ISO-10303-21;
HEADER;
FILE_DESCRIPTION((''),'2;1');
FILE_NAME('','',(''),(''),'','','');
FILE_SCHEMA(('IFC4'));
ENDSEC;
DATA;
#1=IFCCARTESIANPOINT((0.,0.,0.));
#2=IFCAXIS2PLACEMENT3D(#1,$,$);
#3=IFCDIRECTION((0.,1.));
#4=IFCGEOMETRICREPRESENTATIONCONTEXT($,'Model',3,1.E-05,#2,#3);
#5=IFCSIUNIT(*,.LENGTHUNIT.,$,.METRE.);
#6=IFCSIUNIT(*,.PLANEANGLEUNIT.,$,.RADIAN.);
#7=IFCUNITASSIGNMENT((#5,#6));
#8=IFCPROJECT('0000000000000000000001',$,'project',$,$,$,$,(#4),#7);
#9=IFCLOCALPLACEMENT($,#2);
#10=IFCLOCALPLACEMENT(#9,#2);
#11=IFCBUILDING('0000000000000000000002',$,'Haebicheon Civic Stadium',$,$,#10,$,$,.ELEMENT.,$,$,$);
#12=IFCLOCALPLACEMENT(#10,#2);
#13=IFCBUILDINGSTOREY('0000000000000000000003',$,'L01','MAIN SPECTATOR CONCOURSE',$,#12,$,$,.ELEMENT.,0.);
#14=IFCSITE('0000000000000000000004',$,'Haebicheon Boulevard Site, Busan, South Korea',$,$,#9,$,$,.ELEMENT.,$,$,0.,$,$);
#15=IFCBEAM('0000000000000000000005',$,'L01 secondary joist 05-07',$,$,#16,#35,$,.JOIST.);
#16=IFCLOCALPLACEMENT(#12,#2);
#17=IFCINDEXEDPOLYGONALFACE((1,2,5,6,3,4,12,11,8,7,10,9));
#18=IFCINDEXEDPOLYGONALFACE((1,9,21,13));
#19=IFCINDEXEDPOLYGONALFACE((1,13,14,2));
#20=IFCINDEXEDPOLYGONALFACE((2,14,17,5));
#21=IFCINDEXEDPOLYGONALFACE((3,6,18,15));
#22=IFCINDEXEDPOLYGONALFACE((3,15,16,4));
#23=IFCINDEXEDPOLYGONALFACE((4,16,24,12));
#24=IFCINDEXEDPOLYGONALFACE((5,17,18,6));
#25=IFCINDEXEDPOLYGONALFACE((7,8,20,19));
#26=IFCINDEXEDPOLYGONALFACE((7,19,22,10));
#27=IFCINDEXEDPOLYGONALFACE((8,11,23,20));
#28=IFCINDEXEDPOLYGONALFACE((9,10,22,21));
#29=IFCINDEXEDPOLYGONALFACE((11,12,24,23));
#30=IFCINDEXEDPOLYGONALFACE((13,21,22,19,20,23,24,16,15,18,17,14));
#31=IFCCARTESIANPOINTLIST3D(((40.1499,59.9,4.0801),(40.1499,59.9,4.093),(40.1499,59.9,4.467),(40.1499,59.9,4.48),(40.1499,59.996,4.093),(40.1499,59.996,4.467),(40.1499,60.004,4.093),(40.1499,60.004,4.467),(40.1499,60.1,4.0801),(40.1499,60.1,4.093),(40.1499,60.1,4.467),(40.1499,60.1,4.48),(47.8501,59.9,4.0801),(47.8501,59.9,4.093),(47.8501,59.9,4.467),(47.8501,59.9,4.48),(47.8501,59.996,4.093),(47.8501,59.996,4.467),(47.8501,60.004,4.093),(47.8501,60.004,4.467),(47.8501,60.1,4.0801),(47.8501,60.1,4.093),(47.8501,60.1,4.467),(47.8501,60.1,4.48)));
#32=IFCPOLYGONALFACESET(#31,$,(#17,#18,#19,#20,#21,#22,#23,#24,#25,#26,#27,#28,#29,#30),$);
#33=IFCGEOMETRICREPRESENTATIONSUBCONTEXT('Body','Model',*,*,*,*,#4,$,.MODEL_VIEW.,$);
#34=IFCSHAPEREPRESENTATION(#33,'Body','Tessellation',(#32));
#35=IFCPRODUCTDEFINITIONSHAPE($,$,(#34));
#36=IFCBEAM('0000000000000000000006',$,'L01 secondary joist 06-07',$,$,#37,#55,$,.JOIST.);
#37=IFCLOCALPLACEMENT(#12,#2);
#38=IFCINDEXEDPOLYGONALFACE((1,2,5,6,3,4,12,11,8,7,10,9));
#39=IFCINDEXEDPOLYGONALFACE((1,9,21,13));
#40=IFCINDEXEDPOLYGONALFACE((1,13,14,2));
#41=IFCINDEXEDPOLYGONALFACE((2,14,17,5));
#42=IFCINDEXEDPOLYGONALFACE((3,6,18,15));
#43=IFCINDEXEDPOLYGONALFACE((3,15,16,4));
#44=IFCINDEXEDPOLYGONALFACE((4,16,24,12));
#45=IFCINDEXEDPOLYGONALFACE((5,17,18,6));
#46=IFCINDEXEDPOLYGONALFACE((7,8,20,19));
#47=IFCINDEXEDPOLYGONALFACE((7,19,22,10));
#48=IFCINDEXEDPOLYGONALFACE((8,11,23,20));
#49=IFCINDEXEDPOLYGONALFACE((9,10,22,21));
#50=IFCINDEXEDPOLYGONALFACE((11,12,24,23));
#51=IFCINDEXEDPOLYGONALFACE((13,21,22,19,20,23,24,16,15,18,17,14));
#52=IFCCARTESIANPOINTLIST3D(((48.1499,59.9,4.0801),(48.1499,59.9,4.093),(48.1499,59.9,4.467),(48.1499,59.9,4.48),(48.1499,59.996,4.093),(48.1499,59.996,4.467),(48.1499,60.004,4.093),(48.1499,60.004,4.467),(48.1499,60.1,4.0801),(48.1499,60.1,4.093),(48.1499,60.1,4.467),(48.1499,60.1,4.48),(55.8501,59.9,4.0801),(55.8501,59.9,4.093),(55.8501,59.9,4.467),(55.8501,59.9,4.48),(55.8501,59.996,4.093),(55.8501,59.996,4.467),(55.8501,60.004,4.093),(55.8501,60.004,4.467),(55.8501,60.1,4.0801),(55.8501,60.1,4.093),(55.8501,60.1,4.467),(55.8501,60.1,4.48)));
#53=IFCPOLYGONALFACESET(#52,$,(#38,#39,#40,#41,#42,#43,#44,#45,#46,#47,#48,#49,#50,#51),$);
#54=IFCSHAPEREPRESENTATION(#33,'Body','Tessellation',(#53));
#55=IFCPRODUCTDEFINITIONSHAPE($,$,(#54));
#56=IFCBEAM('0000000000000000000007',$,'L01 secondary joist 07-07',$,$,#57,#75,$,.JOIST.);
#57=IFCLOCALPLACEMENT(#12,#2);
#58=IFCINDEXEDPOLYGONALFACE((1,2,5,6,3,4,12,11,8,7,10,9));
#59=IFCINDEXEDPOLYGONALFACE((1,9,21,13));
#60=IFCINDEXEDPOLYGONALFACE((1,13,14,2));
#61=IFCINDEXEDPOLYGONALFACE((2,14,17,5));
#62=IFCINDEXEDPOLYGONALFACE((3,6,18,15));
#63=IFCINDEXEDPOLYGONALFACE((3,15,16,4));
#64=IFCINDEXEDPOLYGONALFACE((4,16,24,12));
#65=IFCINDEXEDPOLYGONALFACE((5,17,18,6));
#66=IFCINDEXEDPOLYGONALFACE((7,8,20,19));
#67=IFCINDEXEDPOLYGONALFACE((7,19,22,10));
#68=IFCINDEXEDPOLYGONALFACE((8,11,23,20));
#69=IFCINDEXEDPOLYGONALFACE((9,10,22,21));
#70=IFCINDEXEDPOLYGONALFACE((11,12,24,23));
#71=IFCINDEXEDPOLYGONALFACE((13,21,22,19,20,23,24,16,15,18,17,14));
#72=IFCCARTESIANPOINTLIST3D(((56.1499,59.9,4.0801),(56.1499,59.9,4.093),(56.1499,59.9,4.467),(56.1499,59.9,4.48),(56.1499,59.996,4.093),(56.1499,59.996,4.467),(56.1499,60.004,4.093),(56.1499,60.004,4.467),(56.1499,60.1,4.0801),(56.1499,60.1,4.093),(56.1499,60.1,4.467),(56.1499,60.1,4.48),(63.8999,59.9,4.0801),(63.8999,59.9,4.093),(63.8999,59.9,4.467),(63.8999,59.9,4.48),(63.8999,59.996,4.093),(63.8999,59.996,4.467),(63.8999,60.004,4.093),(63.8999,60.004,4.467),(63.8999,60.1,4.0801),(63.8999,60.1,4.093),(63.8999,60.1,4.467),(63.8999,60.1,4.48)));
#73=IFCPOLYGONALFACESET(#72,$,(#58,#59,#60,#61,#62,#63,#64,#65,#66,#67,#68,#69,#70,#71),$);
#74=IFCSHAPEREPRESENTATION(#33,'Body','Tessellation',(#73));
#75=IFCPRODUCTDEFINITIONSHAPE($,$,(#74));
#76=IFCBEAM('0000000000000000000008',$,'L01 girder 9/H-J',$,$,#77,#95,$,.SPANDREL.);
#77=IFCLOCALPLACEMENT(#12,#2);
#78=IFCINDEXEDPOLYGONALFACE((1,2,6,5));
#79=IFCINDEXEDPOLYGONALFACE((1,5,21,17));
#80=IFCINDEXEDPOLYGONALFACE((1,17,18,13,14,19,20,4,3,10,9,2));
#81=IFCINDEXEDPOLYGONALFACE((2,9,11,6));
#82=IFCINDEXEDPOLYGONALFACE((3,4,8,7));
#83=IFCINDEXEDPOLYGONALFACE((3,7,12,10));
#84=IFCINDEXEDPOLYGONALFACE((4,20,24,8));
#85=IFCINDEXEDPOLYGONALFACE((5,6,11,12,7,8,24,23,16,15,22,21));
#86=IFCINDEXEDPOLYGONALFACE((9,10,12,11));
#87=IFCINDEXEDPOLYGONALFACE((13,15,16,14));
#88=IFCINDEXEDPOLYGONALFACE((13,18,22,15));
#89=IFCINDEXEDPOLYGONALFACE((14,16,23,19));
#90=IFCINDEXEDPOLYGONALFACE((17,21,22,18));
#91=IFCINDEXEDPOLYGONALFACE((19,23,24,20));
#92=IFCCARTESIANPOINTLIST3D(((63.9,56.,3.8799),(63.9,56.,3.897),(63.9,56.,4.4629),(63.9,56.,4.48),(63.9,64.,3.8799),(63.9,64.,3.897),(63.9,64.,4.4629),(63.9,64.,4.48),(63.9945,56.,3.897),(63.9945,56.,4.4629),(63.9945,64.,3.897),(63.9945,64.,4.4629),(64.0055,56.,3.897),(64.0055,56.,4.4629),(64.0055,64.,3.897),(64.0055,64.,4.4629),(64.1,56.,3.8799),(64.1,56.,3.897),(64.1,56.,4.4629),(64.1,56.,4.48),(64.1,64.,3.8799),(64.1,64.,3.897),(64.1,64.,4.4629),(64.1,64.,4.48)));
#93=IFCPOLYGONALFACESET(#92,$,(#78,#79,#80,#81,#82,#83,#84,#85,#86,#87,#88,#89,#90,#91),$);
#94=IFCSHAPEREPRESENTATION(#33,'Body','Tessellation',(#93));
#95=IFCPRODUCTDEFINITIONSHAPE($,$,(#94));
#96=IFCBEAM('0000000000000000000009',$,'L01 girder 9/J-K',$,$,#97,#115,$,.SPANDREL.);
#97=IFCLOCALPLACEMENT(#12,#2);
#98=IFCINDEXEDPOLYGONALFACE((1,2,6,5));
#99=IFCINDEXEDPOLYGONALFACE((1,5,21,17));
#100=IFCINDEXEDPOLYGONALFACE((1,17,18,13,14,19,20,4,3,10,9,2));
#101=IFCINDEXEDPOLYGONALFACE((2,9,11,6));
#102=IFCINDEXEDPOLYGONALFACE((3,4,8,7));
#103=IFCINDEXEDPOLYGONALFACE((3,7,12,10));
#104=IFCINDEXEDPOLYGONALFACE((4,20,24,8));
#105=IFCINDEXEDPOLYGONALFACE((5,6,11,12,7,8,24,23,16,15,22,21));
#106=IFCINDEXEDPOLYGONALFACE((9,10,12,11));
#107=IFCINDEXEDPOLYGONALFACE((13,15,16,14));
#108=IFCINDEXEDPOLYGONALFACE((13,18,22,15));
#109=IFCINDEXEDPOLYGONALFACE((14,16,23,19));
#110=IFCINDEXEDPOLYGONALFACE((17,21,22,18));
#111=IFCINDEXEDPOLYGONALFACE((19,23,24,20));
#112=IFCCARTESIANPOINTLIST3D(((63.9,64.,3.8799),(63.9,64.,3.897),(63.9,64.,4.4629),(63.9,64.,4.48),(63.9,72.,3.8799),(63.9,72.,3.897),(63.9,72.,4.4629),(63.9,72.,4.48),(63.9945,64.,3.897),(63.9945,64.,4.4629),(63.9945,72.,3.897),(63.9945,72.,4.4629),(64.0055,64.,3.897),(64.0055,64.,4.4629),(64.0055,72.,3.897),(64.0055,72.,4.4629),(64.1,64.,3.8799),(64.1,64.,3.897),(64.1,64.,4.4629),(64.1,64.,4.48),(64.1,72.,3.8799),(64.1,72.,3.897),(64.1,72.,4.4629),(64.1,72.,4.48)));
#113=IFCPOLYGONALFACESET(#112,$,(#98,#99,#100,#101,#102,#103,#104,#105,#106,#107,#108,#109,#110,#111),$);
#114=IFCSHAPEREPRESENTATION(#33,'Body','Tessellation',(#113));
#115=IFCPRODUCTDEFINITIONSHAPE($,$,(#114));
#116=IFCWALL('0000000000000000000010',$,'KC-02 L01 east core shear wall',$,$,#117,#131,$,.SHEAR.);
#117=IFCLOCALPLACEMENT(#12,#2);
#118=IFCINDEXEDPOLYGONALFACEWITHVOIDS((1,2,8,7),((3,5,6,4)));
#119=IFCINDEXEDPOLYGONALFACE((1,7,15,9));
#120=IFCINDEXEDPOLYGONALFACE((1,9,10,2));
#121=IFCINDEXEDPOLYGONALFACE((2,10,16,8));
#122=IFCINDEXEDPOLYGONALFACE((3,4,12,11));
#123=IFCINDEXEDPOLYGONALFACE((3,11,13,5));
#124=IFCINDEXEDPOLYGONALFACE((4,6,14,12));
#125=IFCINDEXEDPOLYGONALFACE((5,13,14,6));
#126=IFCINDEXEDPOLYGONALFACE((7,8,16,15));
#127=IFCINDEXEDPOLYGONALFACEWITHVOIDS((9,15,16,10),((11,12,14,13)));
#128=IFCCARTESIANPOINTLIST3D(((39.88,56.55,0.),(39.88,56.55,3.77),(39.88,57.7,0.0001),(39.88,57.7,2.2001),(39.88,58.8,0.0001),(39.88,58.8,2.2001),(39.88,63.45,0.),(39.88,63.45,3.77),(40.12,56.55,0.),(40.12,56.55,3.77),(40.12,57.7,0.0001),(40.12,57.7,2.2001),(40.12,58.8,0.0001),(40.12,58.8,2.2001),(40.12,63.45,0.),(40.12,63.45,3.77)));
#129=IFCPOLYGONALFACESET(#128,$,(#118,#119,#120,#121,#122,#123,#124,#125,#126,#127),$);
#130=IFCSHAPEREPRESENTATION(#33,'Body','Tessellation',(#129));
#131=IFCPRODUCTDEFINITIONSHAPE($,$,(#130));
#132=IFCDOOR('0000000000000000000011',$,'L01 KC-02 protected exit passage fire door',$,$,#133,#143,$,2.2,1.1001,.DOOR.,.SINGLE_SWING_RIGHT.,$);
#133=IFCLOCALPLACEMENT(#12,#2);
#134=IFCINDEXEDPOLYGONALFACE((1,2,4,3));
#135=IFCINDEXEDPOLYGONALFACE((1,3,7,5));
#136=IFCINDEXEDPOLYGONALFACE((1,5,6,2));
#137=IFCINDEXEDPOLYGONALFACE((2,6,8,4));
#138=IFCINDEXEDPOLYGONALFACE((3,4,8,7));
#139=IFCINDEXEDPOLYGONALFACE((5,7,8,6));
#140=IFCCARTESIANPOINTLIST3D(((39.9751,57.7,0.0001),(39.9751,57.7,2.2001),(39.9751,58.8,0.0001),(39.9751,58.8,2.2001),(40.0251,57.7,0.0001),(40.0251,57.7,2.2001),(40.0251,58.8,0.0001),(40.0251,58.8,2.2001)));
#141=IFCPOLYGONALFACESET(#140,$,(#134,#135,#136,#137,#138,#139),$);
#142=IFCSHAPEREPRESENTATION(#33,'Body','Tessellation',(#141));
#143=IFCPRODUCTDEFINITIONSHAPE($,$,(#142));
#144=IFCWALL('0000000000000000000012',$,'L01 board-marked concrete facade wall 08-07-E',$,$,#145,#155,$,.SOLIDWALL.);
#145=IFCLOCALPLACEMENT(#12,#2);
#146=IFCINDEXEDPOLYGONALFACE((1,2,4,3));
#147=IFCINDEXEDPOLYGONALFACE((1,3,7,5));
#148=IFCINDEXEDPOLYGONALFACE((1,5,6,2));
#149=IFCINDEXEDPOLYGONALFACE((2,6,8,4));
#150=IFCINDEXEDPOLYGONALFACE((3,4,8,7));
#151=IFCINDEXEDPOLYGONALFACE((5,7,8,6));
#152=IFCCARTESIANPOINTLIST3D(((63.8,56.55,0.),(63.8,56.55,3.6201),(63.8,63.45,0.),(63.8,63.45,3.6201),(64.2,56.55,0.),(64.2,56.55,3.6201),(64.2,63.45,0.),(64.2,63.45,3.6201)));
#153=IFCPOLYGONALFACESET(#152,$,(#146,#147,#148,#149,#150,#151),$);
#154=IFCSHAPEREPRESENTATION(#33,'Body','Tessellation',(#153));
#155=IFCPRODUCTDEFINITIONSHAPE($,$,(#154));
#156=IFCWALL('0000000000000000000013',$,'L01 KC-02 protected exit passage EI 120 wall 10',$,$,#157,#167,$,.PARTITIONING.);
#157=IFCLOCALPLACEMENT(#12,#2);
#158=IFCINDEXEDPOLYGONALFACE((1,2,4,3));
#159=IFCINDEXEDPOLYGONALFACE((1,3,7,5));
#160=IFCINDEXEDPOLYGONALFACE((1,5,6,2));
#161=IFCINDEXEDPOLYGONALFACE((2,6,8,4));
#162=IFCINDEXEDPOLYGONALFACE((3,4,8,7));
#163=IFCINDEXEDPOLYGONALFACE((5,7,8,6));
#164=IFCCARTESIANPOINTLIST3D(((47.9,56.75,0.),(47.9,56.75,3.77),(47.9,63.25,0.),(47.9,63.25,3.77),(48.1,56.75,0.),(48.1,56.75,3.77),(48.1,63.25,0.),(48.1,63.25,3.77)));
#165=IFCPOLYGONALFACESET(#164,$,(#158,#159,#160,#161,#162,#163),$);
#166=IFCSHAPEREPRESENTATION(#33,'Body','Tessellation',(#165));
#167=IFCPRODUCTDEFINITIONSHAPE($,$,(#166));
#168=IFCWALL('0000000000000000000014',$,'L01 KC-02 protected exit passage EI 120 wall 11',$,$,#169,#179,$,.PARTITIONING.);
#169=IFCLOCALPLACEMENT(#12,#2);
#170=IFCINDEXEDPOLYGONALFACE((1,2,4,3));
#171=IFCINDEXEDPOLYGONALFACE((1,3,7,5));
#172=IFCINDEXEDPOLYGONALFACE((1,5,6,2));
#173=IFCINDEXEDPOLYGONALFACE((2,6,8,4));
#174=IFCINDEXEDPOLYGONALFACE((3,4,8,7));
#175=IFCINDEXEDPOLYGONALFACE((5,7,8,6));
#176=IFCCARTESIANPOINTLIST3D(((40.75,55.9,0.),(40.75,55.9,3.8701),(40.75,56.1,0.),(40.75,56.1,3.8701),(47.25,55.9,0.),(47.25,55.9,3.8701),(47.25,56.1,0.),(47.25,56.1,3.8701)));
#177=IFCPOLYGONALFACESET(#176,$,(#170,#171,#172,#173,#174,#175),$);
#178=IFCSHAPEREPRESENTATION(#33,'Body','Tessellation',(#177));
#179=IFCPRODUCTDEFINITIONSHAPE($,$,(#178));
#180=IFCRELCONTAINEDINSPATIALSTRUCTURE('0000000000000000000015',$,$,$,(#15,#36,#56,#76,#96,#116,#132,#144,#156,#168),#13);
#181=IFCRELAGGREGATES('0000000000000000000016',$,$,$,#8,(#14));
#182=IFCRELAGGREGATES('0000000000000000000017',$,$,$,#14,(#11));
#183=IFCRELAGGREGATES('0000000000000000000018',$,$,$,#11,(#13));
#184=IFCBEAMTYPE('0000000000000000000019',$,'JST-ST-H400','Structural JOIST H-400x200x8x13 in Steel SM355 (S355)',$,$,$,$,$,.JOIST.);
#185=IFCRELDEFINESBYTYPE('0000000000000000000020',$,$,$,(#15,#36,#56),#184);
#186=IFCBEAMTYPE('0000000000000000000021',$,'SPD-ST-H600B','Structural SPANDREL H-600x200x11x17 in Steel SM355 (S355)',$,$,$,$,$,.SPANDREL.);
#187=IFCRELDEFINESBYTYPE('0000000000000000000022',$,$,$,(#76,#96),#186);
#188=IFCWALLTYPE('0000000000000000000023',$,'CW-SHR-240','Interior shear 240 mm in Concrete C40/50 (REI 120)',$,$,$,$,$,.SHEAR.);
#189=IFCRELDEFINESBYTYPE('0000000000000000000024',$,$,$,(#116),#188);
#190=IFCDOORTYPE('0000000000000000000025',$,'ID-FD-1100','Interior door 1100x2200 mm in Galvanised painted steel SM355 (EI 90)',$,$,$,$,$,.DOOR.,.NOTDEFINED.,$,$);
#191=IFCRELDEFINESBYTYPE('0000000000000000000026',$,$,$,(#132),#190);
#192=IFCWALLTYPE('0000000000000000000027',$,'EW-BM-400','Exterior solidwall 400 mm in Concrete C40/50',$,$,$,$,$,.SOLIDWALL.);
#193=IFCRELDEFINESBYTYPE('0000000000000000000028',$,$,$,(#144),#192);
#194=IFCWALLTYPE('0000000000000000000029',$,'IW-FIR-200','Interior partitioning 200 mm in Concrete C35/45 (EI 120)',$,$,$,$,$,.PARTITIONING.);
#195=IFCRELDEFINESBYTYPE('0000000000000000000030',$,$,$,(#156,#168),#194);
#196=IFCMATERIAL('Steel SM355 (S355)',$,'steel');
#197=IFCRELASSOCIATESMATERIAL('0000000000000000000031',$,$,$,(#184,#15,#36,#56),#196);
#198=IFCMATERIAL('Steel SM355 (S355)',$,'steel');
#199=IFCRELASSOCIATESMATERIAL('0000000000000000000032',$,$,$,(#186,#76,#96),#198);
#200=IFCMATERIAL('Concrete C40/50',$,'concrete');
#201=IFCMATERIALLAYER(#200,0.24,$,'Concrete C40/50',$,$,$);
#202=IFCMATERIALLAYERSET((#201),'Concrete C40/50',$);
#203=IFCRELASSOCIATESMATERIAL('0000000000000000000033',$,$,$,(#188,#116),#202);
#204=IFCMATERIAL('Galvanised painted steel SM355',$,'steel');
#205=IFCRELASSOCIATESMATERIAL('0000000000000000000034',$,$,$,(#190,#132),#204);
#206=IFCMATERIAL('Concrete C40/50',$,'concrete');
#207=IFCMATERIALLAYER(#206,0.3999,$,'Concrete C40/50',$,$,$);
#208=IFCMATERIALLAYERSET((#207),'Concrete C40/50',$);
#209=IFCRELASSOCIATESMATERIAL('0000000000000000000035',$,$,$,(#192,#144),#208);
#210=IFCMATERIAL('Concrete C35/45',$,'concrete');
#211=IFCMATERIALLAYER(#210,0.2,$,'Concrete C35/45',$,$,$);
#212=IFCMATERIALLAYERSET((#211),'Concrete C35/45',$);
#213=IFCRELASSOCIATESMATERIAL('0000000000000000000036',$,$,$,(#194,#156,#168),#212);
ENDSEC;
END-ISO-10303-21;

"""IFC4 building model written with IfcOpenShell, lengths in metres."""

from ifc_helpers import new_model, si_unit, direction, frame, frame_2d, origin, origin_2d, place, context, subcontext, project, spatial, rectangle, i_section, extrude, material, layer, layer_set, material_profile, profile_set, type_object, element, fill, save


model = new_model("IFC4")

# Units and contexts
model_context = context("Model", 3, precision=1e-05, world=origin(), true_north=direction((0.0, 1.0)))
body_context = subcontext(model_context, "Body", "Model", "MODEL_VIEW")
ifc_project = project(units=[si_unit("LENGTHUNIT", "METRE"), si_unit("PLANEANGLEUNIT", "RADIAN")], contexts=[model_context])

# Site, building, storey
site_placement = place(None, origin())
site = spatial("IfcSite", under=ifc_project, at=site_placement, Name="Haebicheon Boulevard Site, Busan, South Korea", CompositionType="ELEMENT", RefElevation=0.0)
building_placement = place(site_placement, origin())
building = spatial("IfcBuilding", under=site, at=building_placement, Name="Haebicheon Civic Stadium", CompositionType="ELEMENT")
storey_placement = place(building_placement, origin())
storey = spatial("IfcBuildingStorey", under=building, at=storey_placement, Name="L01", Description="MAIN SPECTATOR CONCOURSE", CompositionType="ELEMENT", Elevation=0.0)

# Beams
ifc_material_1 = material(Name="Steel SM355 (S355)", Category="steel")
ifc_material_profile_1 = material_profile(ifc_material_1, i_section(OverallWidth=0.2, OverallDepth=0.3999, WebThickness=0.0081, FlangeThickness=0.0129, at=origin_2d()), Name="H-400x200x8x13")
ifc_profile_set_1 = profile_set([ifc_material_profile_1], Name="Steel SM355 (S355)")
beam_type_1 = type_object("IfcBeamType", Name="JST-ST-H400", Description="Structural JOIST H-400x200x8x13 in Steel SM355 (S355)", PredefinedType="JOIST", material=ifc_profile_set_1)
for number, where, z_axis, x_axis, name in (
    (1, (40.1499, 60.0, 4.28), (1.0, 0.0, 0.0), (0.0, 1.0, 0.0), "L01 secondary joist 05-07"),
    (2, (48.1499, 60.0, 4.28), (1.0, 0.0, 0.0), (0.0, 1.0, 0.0), "L01 secondary joist 06-07"),
):
    element("IfcBeam", number, at=place(storey_placement, frame(where, z_axis=z_axis, x_axis=x_axis)), inside=storey, type_object=beam_type_1, material=ifc_profile_set_1, Name=name, PredefinedType="JOIST", context=body_context, shape_type="SweptSolid", body=[
        extrude(i_section(OverallWidth=0.2, OverallDepth=0.3999, WebThickness=0.0081, FlangeThickness=0.0129, at=origin_2d()), origin(), (0.0, 0.0, 1.0), 7.7002),
    ])
beam_1_placement = place(storey_placement, frame((56.1499, 60.0, 4.28), z_axis=(1.0, 0.0, 0.0), x_axis=(0.0, 1.0, 0.0)))
element("IfcBeam", 3, at=beam_1_placement, inside=storey, type_object=beam_type_1, material=ifc_profile_set_1, Name="L01 secondary joist 07-07", PredefinedType="JOIST", context=body_context, shape_type="SweptSolid", body=[
    extrude(i_section(OverallWidth=0.2, OverallDepth=0.3999, WebThickness=0.0081, FlangeThickness=0.0129, at=origin_2d()), origin(), (0.0, 0.0, 1.0), 7.75),
])
ifc_material_2 = material(Name="Steel SM355 (S355)", Category="steel")
ifc_material_profile_2 = material_profile(ifc_material_2, i_section(OverallWidth=0.2, OverallDepth=0.6001, WebThickness=0.011, FlangeThickness=0.0171, at=origin_2d()), Name="H-600x200x11x17")
ifc_profile_set_2 = profile_set([ifc_material_profile_2], Name="Steel SM355 (S355)")
beam_type_2 = type_object("IfcBeamType", Name="SPD-ST-H600B", Description="Structural SPANDREL H-600x200x11x17 in Steel SM355 (S355)", PredefinedType="SPANDREL", material=ifc_profile_set_2)
for number, where, z_axis, x_axis, name in (
    (4, (64.0, 56.0, 4.1799), (0.0, 1.0, 0.0), (-1.0, 0.0, 0.0), "L01 girder 9/H-J"),
    (5, (64.0, 64.0, 4.1799), (0.0, 1.0, 0.0), (-1.0, 0.0, 0.0), "L01 girder 9/J-K"),
):
    element("IfcBeam", number, at=place(storey_placement, frame(where, z_axis=z_axis, x_axis=x_axis)), inside=storey, type_object=beam_type_2, material=ifc_profile_set_2, Name=name, PredefinedType="SPANDREL", context=body_context, shape_type="SweptSolid", body=[
        extrude(i_section(OverallWidth=0.2, OverallDepth=0.6001, WebThickness=0.011, FlangeThickness=0.0171, at=origin_2d()), origin(), (0.0, 0.0, 1.0), 8.0),
    ])

# Wall, opening, door
ifc_material_3 = material(Name="Concrete C40/50", Category="concrete")
ifc_layer_1 = layer(ifc_material_3, 0.24, Name="Concrete C40/50")
ifc_layer_set_1 = layer_set([ifc_layer_1], Name="Concrete C40/50")
wall_type_1 = type_object("IfcWallType", Name="CW-SHR-240", Description="Interior shear 240 mm in Concrete C40/50 (REI 120)", PredefinedType="SHEAR", material=ifc_layer_set_1)
wall_1_placement = place(storey_placement, frame((40.0, 56.55, 0.0), z_axis=(0.0, 0.0, 1.0), x_axis=(0.0, 1.0, 0.0)))
wall_1 = element("IfcWall", 6, at=wall_1_placement, inside=storey, type_object=wall_type_1, material=ifc_layer_set_1, Name="KC-02 L01 east core shear wall", PredefinedType="SHEAR", context=body_context, shape_type="SweptSolid", body=[
    extrude(rectangle(XDim=6.8999, YDim=0.24, at=frame_2d((3.45, 0.0))), origin(), (0.0, 0.0, 1.0), 3.77),
])
opening_placement = place(wall_1_placement, frame((1.1499, 0.0, 0.0)))
opening = element("IfcOpeningElement", 7, at=opening_placement, cuts=wall_1, PredefinedType="OPENING", context=body_context, shape_type="SweptSolid", body=[
    extrude(rectangle(XDim=1.1001, YDim=2.2, at=frame_2d((0.55, 1.1001))), frame((0.0, 0.1299, 0.0), z_axis=(0.0, -1.0, 0.0), x_axis=(1.0, 0.0, 0.0)), (0.0, 0.0, 1.0), 0.26),
])
ifc_material_4 = material(Name="Galvanised painted steel SM355", Category="steel")
door_type = type_object("IfcDoorType", Name="ID-FD-1100", Description="Interior door 1100x2200 mm in Galvanised painted steel SM355 (EI 90)", OperationType="NOTDEFINED", PredefinedType="DOOR", material=ifc_material_4)
door_placement = place(opening_placement, origin())
door = element("IfcDoor", 8, at=door_placement, inside=storey, type_object=door_type, material=ifc_material_4, Name="L01 KC-02 protected exit passage fire door", OperationType="SINGLE_SWING_RIGHT", OverallHeight=2.2, OverallWidth=1.1001, PredefinedType="DOOR", context=body_context, shape_type="SweptSolid", body=[
    extrude(rectangle(XDim=1.1001, YDim=2.2, at=frame_2d((0.55, 1.1001))), frame((0.0, 0.0249, 0.0), z_axis=(0.0, -1.0, 0.0), x_axis=(1.0, 0.0, 0.0)), (0.0, 0.0, 1.0), 0.05),
])
fill(opening, door)

# Walls
ifc_material_5 = material(Name="Concrete C40/50", Category="concrete")
ifc_layer_2 = layer(ifc_material_5, 0.3999, Name="Concrete C40/50")
ifc_layer_set_2 = layer_set([ifc_layer_2], Name="Concrete C40/50")
wall_type_2 = type_object("IfcWallType", Name="EW-BM-400", Description="Exterior solidwall 400 mm in Concrete C40/50", PredefinedType="SOLIDWALL", material=ifc_layer_set_2)
wall_2_placement = place(storey_placement, frame((64.0, 56.55, 0.0), z_axis=(0.0, 0.0, 1.0), x_axis=(0.0, 1.0, 0.0)))
element("IfcWall", 9, at=wall_2_placement, inside=storey, type_object=wall_type_2, material=ifc_layer_set_2, Name="L01 board-marked concrete facade wall 08-07-E", PredefinedType="SOLIDWALL", context=body_context, shape_type="SweptSolid", body=[
    extrude(rectangle(XDim=6.8999, YDim=0.3999, at=frame_2d((3.45, 0.0))), origin(), (0.0, 0.0, 1.0), 3.6201),
])
ifc_material_6 = material(Name="Concrete C35/45", Category="concrete")
ifc_layer_3 = layer(ifc_material_6, 0.2, Name="Concrete C35/45")
ifc_layer_set_3 = layer_set([ifc_layer_3], Name="Concrete C35/45")
wall_type_3 = type_object("IfcWallType", Name="IW-FIR-200", Description="Interior partitioning 200 mm in Concrete C35/45 (EI 120)", PredefinedType="PARTITIONING", material=ifc_layer_set_3)
wall_3_placement = place(storey_placement, frame((48.0, 56.75, 0.0), z_axis=(0.0, 0.0, 1.0), x_axis=(0.0, 1.0, 0.0)))
element("IfcWall", 10, at=wall_3_placement, inside=storey, type_object=wall_type_3, material=ifc_layer_set_3, Name="L01 KC-02 protected exit passage EI 120 wall 10", PredefinedType="PARTITIONING", context=body_context, shape_type="SweptSolid", body=[
    extrude(rectangle(XDim=6.5, YDim=0.2, at=frame_2d((3.25, 0.0))), origin(), (0.0, 0.0, 1.0), 3.77),
])
wall_4_placement = place(storey_placement, frame((40.75, 56.0, 0.0), z_axis=(0.0, 0.0, 1.0), x_axis=(1.0, 0.0, 0.0)))
element("IfcWall", 11, at=wall_4_placement, inside=storey, type_object=wall_type_3, material=ifc_layer_set_3, Name="L01 KC-02 protected exit passage EI 120 wall 11", PredefinedType="PARTITIONING", context=body_context, shape_type="SweptSolid", body=[
    extrude(rectangle(XDim=6.5, YDim=0.2, at=frame_2d((3.25, 0.0))), origin(), (0.0, 0.0, 1.0), 3.8701),
])

save(model, "model.ifc")
